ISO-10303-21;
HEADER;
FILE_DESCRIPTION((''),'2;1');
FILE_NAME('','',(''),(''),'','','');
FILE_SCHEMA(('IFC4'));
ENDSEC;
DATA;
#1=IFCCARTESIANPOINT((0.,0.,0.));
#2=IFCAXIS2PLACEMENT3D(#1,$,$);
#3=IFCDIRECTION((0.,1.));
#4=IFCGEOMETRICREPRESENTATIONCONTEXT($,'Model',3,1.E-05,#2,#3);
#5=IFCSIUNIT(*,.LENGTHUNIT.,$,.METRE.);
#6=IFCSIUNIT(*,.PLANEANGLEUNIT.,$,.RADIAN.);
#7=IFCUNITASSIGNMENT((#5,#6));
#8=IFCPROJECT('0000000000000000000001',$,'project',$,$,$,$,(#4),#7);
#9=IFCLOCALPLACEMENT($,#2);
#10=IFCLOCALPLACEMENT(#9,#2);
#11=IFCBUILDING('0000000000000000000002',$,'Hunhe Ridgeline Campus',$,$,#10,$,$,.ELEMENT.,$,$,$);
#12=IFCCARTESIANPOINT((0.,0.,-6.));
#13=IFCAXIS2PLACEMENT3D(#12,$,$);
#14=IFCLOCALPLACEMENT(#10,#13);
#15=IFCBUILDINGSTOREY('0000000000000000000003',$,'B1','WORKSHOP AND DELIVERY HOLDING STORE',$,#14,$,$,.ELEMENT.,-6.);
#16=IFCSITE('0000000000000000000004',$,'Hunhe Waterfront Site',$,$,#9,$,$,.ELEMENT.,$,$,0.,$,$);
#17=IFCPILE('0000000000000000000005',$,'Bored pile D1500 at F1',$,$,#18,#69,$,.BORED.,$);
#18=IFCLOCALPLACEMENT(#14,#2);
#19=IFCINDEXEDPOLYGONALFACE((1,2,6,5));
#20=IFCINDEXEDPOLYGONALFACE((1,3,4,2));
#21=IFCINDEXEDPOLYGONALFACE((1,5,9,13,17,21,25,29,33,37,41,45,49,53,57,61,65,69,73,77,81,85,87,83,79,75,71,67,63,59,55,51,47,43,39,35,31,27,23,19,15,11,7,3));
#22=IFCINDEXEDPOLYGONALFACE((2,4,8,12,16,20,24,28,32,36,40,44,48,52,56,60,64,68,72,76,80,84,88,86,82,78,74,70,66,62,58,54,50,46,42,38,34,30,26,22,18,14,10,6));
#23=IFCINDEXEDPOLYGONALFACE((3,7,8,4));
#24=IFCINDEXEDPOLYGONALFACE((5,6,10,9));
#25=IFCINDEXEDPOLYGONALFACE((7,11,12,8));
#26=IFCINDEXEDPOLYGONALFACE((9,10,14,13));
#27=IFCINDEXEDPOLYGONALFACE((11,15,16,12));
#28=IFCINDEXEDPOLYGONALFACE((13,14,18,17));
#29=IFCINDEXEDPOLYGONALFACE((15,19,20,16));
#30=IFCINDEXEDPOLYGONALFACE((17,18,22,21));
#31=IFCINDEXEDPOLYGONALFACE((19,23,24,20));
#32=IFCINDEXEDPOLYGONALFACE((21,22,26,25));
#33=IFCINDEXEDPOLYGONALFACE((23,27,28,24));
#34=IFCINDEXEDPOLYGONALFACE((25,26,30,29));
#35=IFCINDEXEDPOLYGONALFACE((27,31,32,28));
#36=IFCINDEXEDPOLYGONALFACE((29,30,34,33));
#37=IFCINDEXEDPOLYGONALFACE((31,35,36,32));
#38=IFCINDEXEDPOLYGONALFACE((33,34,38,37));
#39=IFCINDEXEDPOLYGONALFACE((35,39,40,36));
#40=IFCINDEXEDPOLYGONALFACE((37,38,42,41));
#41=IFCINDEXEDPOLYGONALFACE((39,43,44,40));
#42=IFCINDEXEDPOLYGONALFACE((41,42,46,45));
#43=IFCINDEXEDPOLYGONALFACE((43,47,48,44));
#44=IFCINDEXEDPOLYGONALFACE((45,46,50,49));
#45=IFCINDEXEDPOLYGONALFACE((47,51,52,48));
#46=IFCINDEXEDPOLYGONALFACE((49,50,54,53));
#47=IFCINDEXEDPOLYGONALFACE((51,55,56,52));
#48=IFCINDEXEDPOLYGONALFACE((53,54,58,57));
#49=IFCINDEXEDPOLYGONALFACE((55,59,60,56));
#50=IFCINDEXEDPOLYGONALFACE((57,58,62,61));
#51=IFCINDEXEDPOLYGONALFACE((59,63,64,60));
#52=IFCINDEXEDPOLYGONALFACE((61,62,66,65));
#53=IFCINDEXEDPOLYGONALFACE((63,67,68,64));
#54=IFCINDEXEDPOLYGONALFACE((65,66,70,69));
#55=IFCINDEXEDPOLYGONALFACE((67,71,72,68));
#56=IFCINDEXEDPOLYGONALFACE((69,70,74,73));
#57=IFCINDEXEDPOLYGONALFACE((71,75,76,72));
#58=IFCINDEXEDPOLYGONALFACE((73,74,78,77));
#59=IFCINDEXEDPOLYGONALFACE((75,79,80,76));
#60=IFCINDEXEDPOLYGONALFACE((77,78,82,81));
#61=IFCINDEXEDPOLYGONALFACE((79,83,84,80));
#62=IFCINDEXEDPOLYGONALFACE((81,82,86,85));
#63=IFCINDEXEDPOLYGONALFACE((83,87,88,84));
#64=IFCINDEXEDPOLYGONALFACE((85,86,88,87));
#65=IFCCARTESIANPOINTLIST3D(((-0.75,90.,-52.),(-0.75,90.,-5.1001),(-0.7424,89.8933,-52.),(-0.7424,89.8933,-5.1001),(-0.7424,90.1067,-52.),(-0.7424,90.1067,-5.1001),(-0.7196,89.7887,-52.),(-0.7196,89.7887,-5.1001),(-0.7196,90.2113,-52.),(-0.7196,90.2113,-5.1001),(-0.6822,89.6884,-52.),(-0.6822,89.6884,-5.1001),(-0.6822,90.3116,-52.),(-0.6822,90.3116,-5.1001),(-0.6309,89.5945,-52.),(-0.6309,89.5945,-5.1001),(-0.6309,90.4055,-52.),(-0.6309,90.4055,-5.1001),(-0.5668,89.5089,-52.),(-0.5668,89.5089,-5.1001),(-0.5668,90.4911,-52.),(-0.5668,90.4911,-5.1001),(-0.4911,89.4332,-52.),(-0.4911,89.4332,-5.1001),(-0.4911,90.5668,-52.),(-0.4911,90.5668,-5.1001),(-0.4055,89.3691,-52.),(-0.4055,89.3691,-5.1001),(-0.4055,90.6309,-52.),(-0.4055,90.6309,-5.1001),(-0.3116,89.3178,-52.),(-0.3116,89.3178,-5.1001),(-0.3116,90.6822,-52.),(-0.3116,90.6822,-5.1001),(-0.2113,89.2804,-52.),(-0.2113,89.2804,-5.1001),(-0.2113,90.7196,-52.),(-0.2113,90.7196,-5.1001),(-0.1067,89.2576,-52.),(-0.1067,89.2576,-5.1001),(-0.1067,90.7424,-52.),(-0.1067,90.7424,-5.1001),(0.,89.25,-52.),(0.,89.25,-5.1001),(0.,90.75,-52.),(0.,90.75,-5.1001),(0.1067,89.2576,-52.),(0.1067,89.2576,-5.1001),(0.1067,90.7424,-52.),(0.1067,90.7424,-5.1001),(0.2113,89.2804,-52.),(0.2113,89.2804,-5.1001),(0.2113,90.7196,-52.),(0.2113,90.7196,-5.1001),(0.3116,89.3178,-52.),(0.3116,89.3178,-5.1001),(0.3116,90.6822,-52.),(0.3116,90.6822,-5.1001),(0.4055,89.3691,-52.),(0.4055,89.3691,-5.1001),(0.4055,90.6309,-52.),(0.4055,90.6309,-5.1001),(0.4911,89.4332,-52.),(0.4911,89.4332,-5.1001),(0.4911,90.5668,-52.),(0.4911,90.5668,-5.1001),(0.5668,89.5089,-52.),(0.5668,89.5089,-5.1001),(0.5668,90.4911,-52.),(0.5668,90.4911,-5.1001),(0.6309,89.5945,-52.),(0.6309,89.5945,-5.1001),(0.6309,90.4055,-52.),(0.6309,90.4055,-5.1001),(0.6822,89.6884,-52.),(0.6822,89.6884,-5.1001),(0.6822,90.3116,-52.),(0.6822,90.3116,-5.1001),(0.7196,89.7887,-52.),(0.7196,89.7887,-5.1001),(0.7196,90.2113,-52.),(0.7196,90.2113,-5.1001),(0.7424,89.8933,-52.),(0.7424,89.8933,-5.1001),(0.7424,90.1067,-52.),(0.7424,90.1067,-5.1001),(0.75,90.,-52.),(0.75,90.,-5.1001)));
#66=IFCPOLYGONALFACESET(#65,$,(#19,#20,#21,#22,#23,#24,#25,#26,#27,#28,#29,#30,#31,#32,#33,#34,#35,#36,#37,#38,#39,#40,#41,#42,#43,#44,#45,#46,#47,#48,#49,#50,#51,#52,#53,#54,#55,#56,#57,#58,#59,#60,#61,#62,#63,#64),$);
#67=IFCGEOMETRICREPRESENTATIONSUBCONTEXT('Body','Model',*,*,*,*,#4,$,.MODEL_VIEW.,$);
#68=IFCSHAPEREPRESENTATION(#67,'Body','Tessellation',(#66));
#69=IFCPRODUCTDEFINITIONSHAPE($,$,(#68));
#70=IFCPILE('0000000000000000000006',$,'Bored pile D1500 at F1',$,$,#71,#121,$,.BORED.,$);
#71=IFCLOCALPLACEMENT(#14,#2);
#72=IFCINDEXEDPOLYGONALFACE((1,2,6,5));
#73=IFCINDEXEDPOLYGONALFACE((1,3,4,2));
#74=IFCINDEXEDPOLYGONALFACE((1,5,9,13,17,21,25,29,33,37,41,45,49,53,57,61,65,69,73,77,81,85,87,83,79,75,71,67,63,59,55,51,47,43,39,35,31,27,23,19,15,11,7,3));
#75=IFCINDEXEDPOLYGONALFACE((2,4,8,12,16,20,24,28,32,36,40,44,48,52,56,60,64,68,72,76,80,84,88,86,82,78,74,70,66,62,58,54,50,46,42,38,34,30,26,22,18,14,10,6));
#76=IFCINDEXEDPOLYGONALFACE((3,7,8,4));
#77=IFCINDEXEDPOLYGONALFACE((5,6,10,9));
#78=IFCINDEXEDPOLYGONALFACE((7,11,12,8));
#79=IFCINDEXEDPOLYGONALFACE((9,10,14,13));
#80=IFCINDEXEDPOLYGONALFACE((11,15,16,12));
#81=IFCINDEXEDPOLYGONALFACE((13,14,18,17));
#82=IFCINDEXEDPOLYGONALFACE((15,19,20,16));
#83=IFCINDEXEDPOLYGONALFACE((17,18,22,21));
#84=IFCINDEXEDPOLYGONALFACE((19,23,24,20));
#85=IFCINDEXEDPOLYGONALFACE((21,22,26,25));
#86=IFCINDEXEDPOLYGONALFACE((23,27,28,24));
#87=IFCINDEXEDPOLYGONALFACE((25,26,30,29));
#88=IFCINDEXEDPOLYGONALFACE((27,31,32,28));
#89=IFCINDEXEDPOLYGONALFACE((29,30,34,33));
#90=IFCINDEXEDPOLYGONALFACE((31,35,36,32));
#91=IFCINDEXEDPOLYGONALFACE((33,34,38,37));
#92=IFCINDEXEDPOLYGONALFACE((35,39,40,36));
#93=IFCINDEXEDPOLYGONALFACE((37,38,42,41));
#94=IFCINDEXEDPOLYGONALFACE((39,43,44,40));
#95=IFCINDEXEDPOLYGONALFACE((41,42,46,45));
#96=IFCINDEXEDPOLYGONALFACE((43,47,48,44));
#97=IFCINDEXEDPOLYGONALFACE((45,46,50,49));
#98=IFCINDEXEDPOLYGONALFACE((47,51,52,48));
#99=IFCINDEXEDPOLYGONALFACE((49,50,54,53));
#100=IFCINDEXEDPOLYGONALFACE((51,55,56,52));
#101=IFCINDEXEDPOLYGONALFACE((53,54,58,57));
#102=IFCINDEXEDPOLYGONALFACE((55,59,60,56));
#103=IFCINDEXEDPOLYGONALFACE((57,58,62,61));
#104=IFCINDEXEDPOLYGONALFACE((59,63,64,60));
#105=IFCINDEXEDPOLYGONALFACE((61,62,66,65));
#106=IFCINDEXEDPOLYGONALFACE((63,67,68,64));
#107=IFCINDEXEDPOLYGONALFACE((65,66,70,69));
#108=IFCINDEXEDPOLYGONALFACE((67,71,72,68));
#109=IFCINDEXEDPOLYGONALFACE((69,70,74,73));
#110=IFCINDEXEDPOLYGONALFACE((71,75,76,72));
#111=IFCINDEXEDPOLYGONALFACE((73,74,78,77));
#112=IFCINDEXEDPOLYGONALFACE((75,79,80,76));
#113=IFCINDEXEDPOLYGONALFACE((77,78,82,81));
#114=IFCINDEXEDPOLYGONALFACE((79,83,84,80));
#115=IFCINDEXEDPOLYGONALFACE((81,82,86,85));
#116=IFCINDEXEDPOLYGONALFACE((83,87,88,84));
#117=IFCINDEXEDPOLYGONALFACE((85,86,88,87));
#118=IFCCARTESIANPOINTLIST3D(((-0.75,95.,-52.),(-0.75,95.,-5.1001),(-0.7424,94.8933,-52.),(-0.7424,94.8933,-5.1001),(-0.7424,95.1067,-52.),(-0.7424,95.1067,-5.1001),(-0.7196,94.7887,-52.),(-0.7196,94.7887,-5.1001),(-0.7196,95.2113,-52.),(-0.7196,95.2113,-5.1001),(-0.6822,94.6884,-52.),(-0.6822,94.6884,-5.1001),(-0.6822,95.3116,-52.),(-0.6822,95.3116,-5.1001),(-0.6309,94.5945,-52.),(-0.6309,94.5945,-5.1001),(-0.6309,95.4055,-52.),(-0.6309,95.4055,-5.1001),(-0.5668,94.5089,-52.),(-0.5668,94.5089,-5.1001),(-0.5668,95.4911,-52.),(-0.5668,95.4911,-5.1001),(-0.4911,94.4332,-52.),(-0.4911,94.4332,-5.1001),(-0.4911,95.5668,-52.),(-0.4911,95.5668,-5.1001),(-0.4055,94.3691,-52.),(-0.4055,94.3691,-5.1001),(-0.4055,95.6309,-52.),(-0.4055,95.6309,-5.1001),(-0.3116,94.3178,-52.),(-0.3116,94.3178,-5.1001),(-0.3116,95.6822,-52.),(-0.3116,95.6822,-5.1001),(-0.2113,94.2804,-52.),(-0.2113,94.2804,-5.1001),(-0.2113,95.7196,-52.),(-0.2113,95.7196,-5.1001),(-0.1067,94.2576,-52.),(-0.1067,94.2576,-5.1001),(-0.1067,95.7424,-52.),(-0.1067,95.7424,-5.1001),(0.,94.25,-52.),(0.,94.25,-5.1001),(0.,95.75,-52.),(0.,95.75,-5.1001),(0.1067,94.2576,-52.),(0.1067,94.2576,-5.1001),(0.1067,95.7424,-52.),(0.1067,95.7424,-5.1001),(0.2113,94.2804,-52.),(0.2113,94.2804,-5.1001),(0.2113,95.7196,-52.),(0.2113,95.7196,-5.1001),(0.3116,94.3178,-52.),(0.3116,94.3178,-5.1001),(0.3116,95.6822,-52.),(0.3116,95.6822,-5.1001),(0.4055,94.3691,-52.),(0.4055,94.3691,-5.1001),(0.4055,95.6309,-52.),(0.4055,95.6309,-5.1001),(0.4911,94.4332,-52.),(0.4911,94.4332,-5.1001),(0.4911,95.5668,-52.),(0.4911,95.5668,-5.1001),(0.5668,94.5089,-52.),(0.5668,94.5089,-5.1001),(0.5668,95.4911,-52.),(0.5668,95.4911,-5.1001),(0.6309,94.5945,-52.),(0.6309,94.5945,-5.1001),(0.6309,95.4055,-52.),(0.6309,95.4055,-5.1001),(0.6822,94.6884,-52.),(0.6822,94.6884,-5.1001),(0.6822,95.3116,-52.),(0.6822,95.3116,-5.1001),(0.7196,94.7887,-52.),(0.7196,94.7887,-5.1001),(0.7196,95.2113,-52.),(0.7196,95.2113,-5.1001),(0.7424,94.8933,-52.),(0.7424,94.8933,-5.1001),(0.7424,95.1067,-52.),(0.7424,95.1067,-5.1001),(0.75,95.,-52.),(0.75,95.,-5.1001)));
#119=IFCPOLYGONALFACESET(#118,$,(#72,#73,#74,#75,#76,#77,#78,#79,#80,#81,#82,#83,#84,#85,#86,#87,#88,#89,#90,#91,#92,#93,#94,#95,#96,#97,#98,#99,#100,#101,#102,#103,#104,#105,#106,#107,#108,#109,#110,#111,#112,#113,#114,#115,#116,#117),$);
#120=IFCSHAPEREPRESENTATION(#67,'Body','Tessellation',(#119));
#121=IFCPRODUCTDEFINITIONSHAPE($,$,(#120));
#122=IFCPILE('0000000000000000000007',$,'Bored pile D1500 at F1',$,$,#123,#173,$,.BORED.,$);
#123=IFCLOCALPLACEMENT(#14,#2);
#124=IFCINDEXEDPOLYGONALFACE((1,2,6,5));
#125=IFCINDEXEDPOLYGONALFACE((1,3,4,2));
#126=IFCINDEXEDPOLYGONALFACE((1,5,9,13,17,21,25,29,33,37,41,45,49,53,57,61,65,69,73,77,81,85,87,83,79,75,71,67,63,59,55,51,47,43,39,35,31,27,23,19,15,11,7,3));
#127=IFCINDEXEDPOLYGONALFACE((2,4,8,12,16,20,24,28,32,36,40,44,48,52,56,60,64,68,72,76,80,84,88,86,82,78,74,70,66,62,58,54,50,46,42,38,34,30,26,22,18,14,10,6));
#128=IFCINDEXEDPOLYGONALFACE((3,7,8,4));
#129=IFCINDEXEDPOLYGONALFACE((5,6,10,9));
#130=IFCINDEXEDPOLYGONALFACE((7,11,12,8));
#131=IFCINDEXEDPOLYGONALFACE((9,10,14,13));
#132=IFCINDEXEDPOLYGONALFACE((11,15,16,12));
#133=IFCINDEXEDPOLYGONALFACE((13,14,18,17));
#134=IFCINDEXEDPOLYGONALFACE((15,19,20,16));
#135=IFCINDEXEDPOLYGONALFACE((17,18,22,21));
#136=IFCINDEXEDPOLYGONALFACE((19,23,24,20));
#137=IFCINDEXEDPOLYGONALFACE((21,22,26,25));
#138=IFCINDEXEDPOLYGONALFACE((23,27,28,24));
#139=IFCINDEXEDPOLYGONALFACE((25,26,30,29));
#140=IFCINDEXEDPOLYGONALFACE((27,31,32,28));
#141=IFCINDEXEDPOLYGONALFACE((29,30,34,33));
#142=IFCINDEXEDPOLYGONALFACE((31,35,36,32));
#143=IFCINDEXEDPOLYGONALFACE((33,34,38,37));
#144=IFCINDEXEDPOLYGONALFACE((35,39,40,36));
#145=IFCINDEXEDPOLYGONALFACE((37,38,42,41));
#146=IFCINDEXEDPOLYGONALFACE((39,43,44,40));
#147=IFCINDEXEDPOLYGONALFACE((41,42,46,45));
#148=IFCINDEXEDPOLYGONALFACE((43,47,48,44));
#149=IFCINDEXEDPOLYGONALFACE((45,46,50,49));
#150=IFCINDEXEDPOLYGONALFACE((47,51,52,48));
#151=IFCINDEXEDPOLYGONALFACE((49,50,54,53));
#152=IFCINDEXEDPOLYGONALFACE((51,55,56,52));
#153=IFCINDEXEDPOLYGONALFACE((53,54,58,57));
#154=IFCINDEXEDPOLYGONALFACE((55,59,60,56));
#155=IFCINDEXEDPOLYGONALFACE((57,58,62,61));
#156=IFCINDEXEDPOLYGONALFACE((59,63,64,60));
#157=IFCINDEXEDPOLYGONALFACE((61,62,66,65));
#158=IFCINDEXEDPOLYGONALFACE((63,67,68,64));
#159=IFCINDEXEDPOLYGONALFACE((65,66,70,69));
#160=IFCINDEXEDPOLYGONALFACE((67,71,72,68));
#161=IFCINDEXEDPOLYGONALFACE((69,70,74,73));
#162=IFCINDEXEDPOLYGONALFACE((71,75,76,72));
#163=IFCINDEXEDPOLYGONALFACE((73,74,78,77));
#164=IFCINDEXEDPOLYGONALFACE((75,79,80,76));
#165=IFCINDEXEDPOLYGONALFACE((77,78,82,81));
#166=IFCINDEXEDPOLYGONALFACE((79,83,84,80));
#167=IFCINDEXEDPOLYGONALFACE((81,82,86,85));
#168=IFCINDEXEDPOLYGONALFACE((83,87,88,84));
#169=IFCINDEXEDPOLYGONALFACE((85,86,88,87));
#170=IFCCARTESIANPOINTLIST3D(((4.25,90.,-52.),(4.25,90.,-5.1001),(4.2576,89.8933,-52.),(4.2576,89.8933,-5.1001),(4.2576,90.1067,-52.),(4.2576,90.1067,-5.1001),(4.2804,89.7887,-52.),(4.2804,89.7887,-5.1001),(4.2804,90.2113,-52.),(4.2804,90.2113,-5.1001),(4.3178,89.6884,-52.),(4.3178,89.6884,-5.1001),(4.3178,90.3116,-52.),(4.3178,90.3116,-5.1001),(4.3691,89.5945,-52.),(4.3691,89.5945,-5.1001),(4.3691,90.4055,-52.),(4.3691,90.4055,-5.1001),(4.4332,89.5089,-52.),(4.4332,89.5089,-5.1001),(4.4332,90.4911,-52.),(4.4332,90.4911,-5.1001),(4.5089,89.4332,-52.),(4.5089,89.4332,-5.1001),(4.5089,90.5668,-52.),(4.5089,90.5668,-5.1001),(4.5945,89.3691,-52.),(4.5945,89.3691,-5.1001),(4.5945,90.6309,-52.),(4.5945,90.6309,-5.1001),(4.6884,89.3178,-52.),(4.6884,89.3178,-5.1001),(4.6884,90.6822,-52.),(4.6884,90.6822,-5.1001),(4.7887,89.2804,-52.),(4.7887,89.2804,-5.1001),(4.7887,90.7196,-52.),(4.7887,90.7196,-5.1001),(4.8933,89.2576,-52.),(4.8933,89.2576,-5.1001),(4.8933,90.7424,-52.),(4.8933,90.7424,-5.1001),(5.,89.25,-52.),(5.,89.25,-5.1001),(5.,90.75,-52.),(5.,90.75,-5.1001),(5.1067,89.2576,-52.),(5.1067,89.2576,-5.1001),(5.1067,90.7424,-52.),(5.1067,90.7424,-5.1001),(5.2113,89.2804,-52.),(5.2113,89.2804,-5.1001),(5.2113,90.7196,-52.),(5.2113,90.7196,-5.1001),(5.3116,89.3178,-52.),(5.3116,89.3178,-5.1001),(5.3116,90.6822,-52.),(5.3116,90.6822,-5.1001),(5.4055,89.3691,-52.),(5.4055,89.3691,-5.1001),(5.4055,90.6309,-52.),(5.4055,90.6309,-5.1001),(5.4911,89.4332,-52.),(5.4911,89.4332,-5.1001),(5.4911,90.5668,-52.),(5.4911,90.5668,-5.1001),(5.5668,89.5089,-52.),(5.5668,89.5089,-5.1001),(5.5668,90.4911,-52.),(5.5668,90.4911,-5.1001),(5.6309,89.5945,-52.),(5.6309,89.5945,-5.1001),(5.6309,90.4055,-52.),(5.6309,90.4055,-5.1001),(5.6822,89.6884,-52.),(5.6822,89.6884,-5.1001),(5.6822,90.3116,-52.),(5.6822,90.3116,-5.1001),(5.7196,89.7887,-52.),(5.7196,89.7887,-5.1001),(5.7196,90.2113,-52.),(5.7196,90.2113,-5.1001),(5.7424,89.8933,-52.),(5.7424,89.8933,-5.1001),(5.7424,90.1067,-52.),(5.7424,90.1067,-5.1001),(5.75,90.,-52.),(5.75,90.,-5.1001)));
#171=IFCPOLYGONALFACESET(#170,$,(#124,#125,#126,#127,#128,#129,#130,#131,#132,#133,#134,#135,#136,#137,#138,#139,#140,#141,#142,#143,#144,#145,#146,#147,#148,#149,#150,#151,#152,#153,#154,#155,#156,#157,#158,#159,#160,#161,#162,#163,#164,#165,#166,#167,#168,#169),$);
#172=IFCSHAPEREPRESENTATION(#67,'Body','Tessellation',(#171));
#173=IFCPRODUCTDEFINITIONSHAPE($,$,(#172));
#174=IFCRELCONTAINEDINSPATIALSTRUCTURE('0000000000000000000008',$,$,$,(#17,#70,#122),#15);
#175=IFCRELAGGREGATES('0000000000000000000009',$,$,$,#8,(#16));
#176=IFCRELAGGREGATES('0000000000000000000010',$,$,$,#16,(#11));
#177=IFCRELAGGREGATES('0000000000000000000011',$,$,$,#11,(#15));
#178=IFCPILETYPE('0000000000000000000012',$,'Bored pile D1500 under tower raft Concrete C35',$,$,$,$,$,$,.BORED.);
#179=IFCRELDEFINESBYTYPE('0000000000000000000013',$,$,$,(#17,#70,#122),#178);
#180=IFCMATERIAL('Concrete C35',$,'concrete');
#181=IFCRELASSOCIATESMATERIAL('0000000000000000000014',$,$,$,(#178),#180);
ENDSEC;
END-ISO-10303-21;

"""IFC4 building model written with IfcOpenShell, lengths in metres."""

from ifc_helpers import new_model, si_unit, direction, frame, origin, origin_2d, place, context, subcontext, project, spatial, circle, extrude, material, material_profile, profile_set, type_object, element, save


model = new_model("IFC4")

# Units and contexts
model_context = context("Model", 3, precision=1e-05, world=origin(), true_north=direction((0.0, 1.0)))
body_context = subcontext(model_context, "Body", "Model", "MODEL_VIEW")
ifc_project = project(units=[si_unit("LENGTHUNIT", "METRE"), si_unit("PLANEANGLEUNIT", "RADIAN")], contexts=[model_context])

# Site, building, storey
site_placement = place(None, origin())
site = spatial("IfcSite", under=ifc_project, at=site_placement, Name="Hunhe Waterfront Site", CompositionType="ELEMENT", RefElevation=0.0)
building_placement = place(site_placement, origin())
building = spatial("IfcBuilding", under=site, at=building_placement, Name="Hunhe Ridgeline Campus", CompositionType="ELEMENT")
storey_placement = place(building_placement, frame((0.0, 0.0, -6.0)))
storey = spatial("IfcBuildingStorey", under=building, at=storey_placement, Name="B1", Description="WORKSHOP AND DELIVERY HOLDING STORE", CompositionType="ELEMENT", Elevation=-6.0)

# Piles
ifc_material_1 = material(Name="Concrete C35", Category="concrete")
ifc_material_profile = material_profile(ifc_material_1, circle(Radius=0.75, at=origin_2d()))
ifc_profile_set = profile_set([ifc_material_profile], Name="Concrete C35")
pile_type = type_object("IfcPileType", Name="Bored pile D1500 under tower raft Concrete C35", PredefinedType="BORED", material=ifc_profile_set)
for number, where, z_axis, x_axis, name in (
    (1, (0.0, 90.0, -5.1001), (0.0, 0.0, -1.0), (1.0, 0.0, 0.0), "Bored pile D1500 at F1"),
    (2, (0.0, 95.0, -5.1001), (0.0, 0.0, -1.0), (1.0, 0.0, 0.0), "Bored pile D1500 at F1"),
    (3, (5.0, 90.0, -5.1001), (0.0, 0.0, -1.0), (1.0, 0.0, 0.0), "Bored pile D1500 at F1"),
):
    element("IfcPile", number, at=place(storey_placement, frame(where, z_axis=z_axis, x_axis=x_axis)), inside=storey, type_object=pile_type, Name=name, PredefinedType="BORED", context=body_context, shape_type="SweptSolid", body=[
        extrude(circle(Radius=0.75, at=origin_2d()), origin(), (0.0, 0.0, 1.0), 46.8999),
    ])

save(model, "model.ifc")
